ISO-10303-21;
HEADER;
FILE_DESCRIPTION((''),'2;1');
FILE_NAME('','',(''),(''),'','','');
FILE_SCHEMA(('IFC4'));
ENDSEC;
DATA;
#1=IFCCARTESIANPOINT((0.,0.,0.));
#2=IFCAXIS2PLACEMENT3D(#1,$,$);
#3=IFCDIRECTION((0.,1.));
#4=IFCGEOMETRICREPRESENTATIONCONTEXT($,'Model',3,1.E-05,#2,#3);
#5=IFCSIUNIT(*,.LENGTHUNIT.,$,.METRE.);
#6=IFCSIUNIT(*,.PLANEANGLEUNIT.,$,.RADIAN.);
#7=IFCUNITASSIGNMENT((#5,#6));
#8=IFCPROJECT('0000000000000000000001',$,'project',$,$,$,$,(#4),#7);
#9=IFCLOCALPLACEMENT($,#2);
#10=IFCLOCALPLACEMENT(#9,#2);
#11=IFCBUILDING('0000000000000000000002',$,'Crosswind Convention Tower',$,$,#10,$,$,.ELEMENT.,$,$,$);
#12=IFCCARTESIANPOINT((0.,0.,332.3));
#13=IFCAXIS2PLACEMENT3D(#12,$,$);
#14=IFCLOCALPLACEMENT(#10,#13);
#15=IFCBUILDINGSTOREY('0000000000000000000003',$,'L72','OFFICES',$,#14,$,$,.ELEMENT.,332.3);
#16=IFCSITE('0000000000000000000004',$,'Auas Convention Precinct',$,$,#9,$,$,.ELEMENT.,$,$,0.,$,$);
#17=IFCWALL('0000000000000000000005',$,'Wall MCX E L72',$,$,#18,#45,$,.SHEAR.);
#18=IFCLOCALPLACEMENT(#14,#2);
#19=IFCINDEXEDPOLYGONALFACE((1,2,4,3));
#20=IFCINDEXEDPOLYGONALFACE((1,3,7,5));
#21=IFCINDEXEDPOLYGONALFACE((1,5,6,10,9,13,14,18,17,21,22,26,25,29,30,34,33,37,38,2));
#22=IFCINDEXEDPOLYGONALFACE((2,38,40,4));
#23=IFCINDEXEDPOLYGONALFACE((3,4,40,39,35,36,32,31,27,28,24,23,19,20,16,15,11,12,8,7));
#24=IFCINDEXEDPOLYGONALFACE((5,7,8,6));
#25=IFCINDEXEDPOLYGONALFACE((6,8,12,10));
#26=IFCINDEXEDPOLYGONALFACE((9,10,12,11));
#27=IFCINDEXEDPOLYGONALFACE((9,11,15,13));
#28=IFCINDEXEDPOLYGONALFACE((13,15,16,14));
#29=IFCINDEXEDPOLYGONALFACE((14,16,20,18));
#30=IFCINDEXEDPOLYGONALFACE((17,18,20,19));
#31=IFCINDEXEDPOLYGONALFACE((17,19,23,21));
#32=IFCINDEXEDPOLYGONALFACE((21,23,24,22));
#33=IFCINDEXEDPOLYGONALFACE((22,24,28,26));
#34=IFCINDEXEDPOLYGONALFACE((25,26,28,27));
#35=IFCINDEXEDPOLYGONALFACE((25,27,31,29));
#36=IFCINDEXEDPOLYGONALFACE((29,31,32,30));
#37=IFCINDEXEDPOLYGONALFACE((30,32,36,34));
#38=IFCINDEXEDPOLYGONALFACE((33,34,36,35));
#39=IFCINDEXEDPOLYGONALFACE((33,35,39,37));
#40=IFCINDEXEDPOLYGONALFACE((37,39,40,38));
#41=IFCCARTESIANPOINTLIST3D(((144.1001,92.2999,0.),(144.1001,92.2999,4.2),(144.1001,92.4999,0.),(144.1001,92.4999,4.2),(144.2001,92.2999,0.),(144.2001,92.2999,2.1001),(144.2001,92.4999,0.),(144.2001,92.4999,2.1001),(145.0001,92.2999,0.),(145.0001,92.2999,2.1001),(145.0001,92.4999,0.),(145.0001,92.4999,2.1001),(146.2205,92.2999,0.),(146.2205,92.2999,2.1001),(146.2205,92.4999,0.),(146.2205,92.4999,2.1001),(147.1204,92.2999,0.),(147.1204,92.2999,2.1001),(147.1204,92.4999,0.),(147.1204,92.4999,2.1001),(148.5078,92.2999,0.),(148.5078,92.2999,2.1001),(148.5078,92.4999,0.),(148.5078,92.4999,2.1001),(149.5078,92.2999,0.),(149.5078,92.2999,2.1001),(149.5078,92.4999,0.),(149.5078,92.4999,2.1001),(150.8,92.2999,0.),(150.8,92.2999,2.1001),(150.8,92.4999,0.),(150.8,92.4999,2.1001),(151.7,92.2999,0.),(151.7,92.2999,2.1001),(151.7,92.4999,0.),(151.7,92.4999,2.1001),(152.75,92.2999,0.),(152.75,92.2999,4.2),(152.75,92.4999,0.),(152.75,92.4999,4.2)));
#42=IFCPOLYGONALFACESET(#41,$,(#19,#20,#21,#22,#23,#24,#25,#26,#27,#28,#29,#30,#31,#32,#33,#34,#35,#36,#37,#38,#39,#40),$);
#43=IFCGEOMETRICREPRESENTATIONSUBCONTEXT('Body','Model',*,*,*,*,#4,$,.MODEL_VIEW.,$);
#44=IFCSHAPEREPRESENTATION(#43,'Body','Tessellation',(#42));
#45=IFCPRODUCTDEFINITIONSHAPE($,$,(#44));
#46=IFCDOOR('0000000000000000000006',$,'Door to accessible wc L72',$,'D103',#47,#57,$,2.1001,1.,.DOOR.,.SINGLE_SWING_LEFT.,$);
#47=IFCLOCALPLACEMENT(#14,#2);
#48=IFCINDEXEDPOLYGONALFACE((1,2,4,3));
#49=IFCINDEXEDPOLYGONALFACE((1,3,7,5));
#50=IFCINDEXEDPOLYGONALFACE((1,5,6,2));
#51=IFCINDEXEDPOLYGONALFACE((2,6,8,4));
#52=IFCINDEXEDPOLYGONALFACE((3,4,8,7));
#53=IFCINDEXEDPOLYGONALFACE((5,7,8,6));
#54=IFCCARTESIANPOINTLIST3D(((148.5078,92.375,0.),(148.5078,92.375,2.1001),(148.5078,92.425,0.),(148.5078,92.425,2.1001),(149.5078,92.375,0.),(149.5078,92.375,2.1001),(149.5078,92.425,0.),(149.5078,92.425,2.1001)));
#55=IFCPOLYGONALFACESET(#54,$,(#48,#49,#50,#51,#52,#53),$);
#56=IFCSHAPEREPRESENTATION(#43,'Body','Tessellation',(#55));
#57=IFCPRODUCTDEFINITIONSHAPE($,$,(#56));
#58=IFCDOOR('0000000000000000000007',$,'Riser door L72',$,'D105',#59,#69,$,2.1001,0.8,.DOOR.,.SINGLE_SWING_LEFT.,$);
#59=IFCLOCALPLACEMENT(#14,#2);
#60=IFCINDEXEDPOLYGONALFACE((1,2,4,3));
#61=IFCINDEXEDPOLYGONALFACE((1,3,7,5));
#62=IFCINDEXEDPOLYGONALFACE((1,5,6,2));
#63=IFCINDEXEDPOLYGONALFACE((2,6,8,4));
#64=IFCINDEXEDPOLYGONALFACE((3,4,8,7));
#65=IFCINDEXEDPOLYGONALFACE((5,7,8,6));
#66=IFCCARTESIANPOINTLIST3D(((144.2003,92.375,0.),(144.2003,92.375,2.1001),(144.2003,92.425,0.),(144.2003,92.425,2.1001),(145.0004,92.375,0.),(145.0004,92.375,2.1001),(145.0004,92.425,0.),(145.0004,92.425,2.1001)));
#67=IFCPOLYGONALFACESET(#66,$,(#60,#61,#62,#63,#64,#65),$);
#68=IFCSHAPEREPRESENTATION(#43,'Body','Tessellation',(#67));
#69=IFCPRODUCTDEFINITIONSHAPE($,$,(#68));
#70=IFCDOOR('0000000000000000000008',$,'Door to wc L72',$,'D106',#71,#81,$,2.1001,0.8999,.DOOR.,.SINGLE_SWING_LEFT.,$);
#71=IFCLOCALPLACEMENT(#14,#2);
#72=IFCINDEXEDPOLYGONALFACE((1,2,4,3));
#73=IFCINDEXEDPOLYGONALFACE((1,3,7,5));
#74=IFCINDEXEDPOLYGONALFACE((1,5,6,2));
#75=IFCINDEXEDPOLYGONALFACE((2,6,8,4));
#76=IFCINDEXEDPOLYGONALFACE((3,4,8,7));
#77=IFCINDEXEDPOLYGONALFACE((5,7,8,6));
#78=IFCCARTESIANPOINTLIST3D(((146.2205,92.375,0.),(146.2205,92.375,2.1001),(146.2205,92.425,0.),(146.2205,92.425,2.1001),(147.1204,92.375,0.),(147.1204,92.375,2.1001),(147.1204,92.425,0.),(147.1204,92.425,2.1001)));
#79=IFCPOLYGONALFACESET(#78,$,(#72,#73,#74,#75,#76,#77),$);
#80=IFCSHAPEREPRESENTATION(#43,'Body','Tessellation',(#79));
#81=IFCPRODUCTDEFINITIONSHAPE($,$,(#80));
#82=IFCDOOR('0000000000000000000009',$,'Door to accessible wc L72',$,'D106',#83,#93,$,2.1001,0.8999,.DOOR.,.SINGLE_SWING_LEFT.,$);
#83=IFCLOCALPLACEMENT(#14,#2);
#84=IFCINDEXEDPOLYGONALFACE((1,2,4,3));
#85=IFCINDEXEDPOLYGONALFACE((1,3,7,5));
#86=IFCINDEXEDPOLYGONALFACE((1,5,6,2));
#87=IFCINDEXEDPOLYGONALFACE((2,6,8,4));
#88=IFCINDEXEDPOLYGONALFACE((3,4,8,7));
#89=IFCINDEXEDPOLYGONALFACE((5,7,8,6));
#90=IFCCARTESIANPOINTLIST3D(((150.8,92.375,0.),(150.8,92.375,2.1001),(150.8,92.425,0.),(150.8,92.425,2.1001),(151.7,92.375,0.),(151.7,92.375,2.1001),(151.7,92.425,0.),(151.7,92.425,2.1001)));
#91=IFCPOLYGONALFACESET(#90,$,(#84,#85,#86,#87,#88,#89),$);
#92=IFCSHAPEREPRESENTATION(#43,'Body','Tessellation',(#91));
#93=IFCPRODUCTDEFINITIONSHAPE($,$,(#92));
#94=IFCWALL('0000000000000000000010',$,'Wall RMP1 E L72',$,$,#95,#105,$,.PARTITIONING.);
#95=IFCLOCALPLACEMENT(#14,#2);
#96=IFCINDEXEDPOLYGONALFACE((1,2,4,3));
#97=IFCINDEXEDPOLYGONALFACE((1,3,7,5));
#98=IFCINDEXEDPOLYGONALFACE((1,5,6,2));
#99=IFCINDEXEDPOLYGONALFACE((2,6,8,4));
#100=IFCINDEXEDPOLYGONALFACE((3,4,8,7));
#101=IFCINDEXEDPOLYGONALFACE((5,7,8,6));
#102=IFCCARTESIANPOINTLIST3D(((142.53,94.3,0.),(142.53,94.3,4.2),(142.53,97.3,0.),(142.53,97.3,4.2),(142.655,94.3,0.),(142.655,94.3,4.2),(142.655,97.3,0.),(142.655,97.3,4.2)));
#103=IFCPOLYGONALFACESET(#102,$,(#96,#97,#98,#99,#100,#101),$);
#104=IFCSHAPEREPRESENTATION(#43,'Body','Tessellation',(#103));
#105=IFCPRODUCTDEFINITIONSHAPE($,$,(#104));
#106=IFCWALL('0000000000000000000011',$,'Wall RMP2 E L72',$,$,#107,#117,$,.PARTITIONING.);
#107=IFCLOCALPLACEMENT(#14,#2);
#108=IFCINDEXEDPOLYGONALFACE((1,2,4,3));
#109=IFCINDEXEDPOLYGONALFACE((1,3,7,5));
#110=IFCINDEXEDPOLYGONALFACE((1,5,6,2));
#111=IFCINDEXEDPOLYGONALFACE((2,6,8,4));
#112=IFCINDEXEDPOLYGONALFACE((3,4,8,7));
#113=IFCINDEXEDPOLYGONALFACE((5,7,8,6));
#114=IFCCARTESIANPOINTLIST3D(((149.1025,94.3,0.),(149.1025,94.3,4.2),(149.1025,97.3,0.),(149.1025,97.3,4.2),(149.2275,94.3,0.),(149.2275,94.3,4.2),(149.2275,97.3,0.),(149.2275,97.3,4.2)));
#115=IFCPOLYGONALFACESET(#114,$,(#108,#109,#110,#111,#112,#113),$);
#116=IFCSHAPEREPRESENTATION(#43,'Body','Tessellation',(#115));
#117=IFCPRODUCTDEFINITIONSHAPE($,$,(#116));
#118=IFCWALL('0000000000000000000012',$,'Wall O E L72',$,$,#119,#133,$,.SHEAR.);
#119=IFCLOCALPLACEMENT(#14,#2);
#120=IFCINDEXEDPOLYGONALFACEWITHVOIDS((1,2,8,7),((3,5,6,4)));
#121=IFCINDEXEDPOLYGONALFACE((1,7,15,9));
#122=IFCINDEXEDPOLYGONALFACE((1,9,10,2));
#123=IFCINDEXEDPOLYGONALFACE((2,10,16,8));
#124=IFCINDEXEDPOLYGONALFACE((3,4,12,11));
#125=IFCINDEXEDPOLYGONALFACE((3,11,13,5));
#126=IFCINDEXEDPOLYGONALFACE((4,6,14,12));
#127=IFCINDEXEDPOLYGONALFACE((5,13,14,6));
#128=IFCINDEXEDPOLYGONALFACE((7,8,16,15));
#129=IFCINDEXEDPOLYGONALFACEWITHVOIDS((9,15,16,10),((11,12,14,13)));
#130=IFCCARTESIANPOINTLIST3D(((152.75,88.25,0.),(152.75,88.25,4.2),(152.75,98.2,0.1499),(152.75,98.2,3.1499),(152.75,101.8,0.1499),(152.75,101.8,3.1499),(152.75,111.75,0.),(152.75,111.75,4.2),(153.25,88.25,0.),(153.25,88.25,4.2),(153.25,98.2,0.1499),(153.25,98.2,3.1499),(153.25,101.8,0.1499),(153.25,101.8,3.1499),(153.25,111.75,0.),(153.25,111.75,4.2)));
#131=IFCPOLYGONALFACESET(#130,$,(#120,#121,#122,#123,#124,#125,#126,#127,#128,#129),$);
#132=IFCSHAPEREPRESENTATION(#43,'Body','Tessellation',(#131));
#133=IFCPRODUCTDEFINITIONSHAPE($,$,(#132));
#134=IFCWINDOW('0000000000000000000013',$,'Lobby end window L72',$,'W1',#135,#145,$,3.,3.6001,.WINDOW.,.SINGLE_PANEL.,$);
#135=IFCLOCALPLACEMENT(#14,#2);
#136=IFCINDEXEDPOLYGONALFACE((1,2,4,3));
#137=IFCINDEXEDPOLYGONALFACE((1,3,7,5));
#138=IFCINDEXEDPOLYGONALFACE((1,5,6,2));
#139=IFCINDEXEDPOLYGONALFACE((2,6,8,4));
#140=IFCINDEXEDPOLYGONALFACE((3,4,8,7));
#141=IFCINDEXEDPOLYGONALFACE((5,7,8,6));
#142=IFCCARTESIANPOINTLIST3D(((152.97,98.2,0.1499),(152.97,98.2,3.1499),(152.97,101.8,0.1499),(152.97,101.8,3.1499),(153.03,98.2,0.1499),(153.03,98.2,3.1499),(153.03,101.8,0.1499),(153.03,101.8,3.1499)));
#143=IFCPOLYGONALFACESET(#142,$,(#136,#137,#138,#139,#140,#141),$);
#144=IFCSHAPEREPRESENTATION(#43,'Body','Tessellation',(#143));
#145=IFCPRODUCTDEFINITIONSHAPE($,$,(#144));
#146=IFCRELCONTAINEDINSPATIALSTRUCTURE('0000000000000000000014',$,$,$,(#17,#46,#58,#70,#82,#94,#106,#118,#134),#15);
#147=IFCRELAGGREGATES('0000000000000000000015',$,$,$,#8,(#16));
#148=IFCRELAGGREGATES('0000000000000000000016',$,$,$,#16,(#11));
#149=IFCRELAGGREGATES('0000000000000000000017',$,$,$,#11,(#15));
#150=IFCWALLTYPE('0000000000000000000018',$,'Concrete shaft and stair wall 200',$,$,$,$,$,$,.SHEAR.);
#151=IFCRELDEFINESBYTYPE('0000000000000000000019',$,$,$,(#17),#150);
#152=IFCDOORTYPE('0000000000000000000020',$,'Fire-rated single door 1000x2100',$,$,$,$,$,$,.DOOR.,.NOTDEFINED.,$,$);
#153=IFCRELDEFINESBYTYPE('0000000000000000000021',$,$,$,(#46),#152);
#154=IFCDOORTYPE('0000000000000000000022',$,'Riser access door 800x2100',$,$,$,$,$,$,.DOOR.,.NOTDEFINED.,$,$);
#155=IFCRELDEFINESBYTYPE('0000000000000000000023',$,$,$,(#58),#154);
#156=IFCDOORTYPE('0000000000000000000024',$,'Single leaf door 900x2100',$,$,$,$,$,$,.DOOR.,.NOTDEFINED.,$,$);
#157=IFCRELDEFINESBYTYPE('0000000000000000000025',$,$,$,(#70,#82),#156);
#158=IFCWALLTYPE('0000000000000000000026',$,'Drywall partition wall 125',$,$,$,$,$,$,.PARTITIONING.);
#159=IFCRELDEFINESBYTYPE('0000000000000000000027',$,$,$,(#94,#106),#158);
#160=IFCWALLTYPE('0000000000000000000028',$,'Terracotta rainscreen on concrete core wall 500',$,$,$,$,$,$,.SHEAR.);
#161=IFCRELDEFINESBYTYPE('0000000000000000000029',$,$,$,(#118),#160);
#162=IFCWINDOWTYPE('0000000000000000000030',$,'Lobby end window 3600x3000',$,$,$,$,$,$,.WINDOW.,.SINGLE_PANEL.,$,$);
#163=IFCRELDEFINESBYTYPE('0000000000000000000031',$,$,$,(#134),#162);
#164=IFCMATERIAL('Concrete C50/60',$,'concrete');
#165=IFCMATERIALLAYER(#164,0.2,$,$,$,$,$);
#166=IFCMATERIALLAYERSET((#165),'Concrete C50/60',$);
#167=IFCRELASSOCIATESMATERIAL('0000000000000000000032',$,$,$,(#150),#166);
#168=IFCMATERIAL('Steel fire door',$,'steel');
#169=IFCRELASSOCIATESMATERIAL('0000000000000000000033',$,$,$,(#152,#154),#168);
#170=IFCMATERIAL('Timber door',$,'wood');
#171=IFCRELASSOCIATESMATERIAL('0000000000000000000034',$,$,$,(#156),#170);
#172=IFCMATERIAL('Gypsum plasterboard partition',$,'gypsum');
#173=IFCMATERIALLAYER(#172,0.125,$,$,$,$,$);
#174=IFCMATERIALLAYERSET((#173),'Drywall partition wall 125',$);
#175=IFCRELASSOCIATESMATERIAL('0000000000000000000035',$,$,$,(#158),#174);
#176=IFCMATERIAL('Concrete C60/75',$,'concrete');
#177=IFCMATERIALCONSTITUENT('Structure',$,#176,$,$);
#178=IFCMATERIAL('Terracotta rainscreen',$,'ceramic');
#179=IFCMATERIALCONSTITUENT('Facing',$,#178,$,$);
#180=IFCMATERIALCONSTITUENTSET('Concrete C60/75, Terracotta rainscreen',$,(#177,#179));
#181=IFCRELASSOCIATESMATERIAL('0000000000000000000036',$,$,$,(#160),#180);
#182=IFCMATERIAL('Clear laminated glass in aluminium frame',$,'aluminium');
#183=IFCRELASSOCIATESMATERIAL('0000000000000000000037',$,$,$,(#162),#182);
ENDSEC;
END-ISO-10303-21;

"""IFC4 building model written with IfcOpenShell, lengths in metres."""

from ifc_helpers import new_model, si_unit, direction, frame, frame_2d, origin, place, context, subcontext, project, spatial, rectangle, extrude, material, layer, layer_set, constituent, constituent_set, type_object, element, fill, save


model = new_model("IFC4")

# Units and contexts
model_context = context("Model", 3, precision=1e-05, world=origin(), true_north=direction((0.0, 1.0)))
body_context = subcontext(model_context, "Body", "Model", "MODEL_VIEW")
ifc_project = project(units=[si_unit("LENGTHUNIT", "METRE"), si_unit("PLANEANGLEUNIT", "RADIAN")], contexts=[model_context])

# Site, building, storey
site_placement = place(None, origin())
site = spatial("IfcSite", under=ifc_project, at=site_placement, Name="Auas Convention Precinct", CompositionType="ELEMENT", RefElevation=0.0)
building_placement = place(site_placement, origin())
building = spatial("IfcBuilding", under=site, at=building_placement, Name="Crosswind Convention Tower", CompositionType="ELEMENT")
storey_placement = place(building_placement, frame((0.0, 0.0, 332.3)))
storey = spatial("IfcBuildingStorey", under=building, at=storey_placement, Name="L72", Description="OFFICES", CompositionType="ELEMENT", Elevation=332.3)

# Shared definitions
ifc_material_1 = material(Name="Concrete C50/60", Category="concrete")

# Shared definitions
ifc_layer_1 = layer(ifc_material_1, 0.2)
ifc_layer_set_1 = layer_set([ifc_layer_1], Name="Concrete C50/60")
wall_type_1 = type_object("IfcWallType", Name="Concrete shaft and stair wall 200", PredefinedType="SHEAR", material=ifc_layer_set_1)

# Shared definitions
ifc_material_2 = material(Name="Steel fire door", Category="steel")

# Shared definitions
door_type_1 = type_object("IfcDoorType", Name="Fire-rated single door 1000x2100", OperationType="NOTDEFINED", PredefinedType="DOOR", material=ifc_material_2)

# Wall, openings, doors
wall_1_placement = place(storey_placement, frame((144.1001, 92.3999, 0.0), z_axis=(0.0, 0.0, 1.0), x_axis=(1.0, 0.0, 0.0)))
wall_1 = element("IfcWall", 1, at=wall_1_placement, inside=storey, type_object=wall_type_1, Name="Wall MCX E L72", PredefinedType="SHEAR", context=body_context, shape_type="SweptSolid", body=[
    extrude(rectangle(XDim=8.6499, YDim=0.2, at=frame_2d((4.325, 0.0))), origin(), (0.0, 0.0, 1.0), 4.2),
])
opening_1_placement = place(wall_1_placement, frame((0.1001, 0.0, 0.0)))
opening_1 = element("IfcOpeningElement", 2, at=opening_1_placement, cuts=wall_1, PredefinedType="OPENING", context=body_context, shape_type="SweptSolid", body=[
    extrude(rectangle(XDim=0.8, YDim=2.1001, at=frame_2d((0.3999, 1.05))), frame((0.0, 0.1099, 0.0), z_axis=(0.0, -1.0, 0.0), x_axis=(1.0, 0.0, 0.0)), (0.0, 0.0, 1.0), 0.22),
])
opening_2_placement = place(wall_1_placement, frame((2.1204, 0.0, 0.0)))
opening_2 = element("IfcOpeningElement", 3, at=opening_2_placement, cuts=wall_1, PredefinedType="OPENING", context=body_context, shape_type="SweptSolid", body=[
    extrude(rectangle(XDim=0.8999, YDim=2.1001, at=frame_2d((0.45, 1.05))), frame((0.0, 0.1099, 0.0), z_axis=(0.0, -1.0, 0.0), x_axis=(1.0, 0.0, 0.0)), (0.0, 0.0, 1.0), 0.22),
])
opening_3_placement = place(wall_1_placement, frame((4.4077, 0.0, 0.0)))
opening_3 = element("IfcOpeningElement", 4, at=opening_3_placement, cuts=wall_1, PredefinedType="OPENING", context=body_context, shape_type="SweptSolid", body=[
    extrude(rectangle(XDim=1.0, YDim=2.1001, at=frame_2d((0.5, 1.05))), frame((0.0, 0.1099, 0.0), z_axis=(0.0, -1.0, 0.0), x_axis=(1.0, 0.0, 0.0)), (0.0, 0.0, 1.0), 0.22),
])
opening_4_placement = place(wall_1_placement, frame((6.7, 0.0, 0.0)))
opening_4 = element("IfcOpeningElement", 5, at=opening_4_placement, cuts=wall_1, PredefinedType="OPENING", context=body_context, shape_type="SweptSolid", body=[
    extrude(rectangle(XDim=0.8999, YDim=2.1001, at=frame_2d((0.45, 1.05))), frame((0.0, 0.1099, 0.0), z_axis=(0.0, -1.0, 0.0), x_axis=(1.0, 0.0, 0.0)), (0.0, 0.0, 1.0), 0.22),
])
door_1_placement = place(opening_3_placement, frame((1.0, 0.0, 0.0), z_axis=(0.0, 0.0, 1.0), x_axis=(-1.0, 0.0, 0.0)))
door_1 = element("IfcDoor", 6, at=door_1_placement, inside=storey, type_object=door_type_1, Name="Door to accessible wc L72", ObjectType="D103", OperationType="SINGLE_SWING_LEFT", OverallHeight=2.1001, OverallWidth=1.0, PredefinedType="DOOR", context=body_context, shape_type="SweptSolid", body=[
    extrude(rectangle(XDim=1.0, YDim=2.1001, at=frame_2d((0.5, 1.05))), frame((0.0, 0.0249, 0.0), z_axis=(0.0, -1.0, 0.0), x_axis=(1.0, 0.0, 0.0)), (0.0, 0.0, 1.0), 0.05),
])
fill(opening_3, door_1)
door_type_2 = type_object("IfcDoorType", Name="Riser access door 800x2100", OperationType="NOTDEFINED", PredefinedType="DOOR", material=ifc_material_2)
door_2_placement = place(opening_1_placement, frame((0.8, 0.0, 0.0), z_axis=(0.0, 0.0, 1.0), x_axis=(-1.0, 0.0, 0.0)))
door_2 = element("IfcDoor", 7, at=door_2_placement, inside=storey, type_object=door_type_2, Name="Riser door L72", ObjectType="D105", OperationType="SINGLE_SWING_LEFT", OverallHeight=2.1001, OverallWidth=0.8, PredefinedType="DOOR", context=body_context, shape_type="SweptSolid", body=[
    extrude(rectangle(XDim=0.8, YDim=2.1001, at=frame_2d((0.3999, 1.05))), frame((0.0, 0.0249, 0.0), z_axis=(0.0, -1.0, 0.0), x_axis=(1.0, 0.0, 0.0)), (0.0, 0.0, 1.0), 0.05),
])
fill(opening_1, door_2)
ifc_material_3 = material(Name="Timber door", Category="wood")
door_type_3 = type_object("IfcDoorType", Name="Single leaf door 900x2100", OperationType="NOTDEFINED", PredefinedType="DOOR", material=ifc_material_3)
door_3_placement = place(opening_2_placement, frame((0.8999, 0.0, 0.0), z_axis=(0.0, 0.0, 1.0), x_axis=(-1.0, 0.0, 0.0)))
door_3 = element("IfcDoor", 8, at=door_3_placement, inside=storey, type_object=door_type_3, Name="Door to wc L72", ObjectType="D106", OperationType="SINGLE_SWING_LEFT", OverallHeight=2.1001, OverallWidth=0.8999, PredefinedType="DOOR", context=body_context, shape_type="SweptSolid", body=[
    extrude(rectangle(XDim=0.8999, YDim=2.1001, at=frame_2d((0.45, 1.05))), frame((0.0, 0.0249, 0.0), z_axis=(0.0, -1.0, 0.0), x_axis=(1.0, 0.0, 0.0)), (0.0, 0.0, 1.0), 0.05),
])
fill(opening_2, door_3)
door_4_placement = place(opening_4_placement, frame((0.8999, 0.0, 0.0), z_axis=(0.0, 0.0, 1.0), x_axis=(-1.0, 0.0, 0.0)))
door_4 = element("IfcDoor", 9, at=door_4_placement, inside=storey, type_object=door_type_3, Name="Door to accessible wc L72", ObjectType="D106", OperationType="SINGLE_SWING_LEFT", OverallHeight=2.1001, OverallWidth=0.8999, PredefinedType="DOOR", context=body_context, shape_type="SweptSolid", body=[
    extrude(rectangle(XDim=0.8999, YDim=2.1001, at=frame_2d((0.45, 1.05))), frame((0.0, 0.0249, 0.0), z_axis=(0.0, -1.0, 0.0), x_axis=(1.0, 0.0, 0.0)), (0.0, 0.0, 1.0), 0.05),
])
fill(opening_4, door_4)

# Walls
ifc_material_4 = material(Name="Gypsum plasterboard partition", Category="gypsum")
ifc_layer_2 = layer(ifc_material_4, 0.125)
ifc_layer_set_2 = layer_set([ifc_layer_2], Name="Drywall partition wall 125")
wall_type_2 = type_object("IfcWallType", Name="Drywall partition wall 125", PredefinedType="PARTITIONING", material=ifc_layer_set_2)
for number, where, z_axis, x_axis, name in (
    (10, (142.5925, 94.3, 0.0), (0.0, 0.0, 1.0), (0.0, 1.0, 0.0), "Wall RMP1 E L72"),
    (11, (149.165, 94.3, 0.0), (0.0, 0.0, 1.0), (0.0, 1.0, 0.0), "Wall RMP2 E L72"),
):
    element("IfcWall", number, at=place(storey_placement, frame(where, z_axis=z_axis, x_axis=x_axis)), inside=storey, type_object=wall_type_2, Name=name, PredefinedType="PARTITIONING", context=body_context, shape_type="SweptSolid", body=[
        extrude(rectangle(XDim=3.0, YDim=0.125, at=frame_2d((1.5, 0.0))), origin(), (0.0, 0.0, 1.0), 4.2),
    ])

# Wall, opening, window
ifc_material_5 = material(Name="Concrete C60/75", Category="concrete")
ifc_constituent_1 = constituent(ifc_material_5, Name="Structure")
ifc_material_6 = material(Name="Terracotta rainscreen", Category="ceramic")
ifc_constituent_2 = constituent(ifc_material_6, Name="Facing")
ifc_constituent_set = constituent_set(constituents=[ifc_constituent_1, ifc_constituent_2], Name="Concrete C60/75, Terracotta rainscreen")
wall_type_3 = type_object("IfcWallType", Name="Terracotta rainscreen on concrete core wall 500", PredefinedType="SHEAR", material=ifc_constituent_set)
wall_2_placement = place(storey_placement, frame((153.0, 88.25, 0.0), z_axis=(0.0, 0.0, 1.0), x_axis=(0.0, 1.0, 0.0)))
wall_2 = element("IfcWall", 12, at=wall_2_placement, inside=storey, type_object=wall_type_3, Name="Wall O E L72", PredefinedType="SHEAR", context=body_context, shape_type="SweptSolid", body=[
    extrude(rectangle(XDim=23.5, YDim=0.5, at=frame_2d((11.75, 0.0))), origin(), (0.0, 0.0, 1.0), 4.2),
])
opening_5_placement = place(wall_2_placement, frame((9.95, 0.0, 0.1499)))
opening_5 = element("IfcOpeningElement", 13, at=opening_5_placement, cuts=wall_2, PredefinedType="OPENING", context=body_context, shape_type="SweptSolid", body=[
    extrude(rectangle(XDim=3.6001, YDim=3.0, at=frame_2d((1.8, 1.5))), frame((0.0, 0.26, 0.0), z_axis=(0.0, -1.0, 0.0), x_axis=(1.0, 0.0, 0.0)), (0.0, 0.0, 1.0), 0.52),
])
ifc_material_7 = material(Name="Clear laminated glass in aluminium frame", Category="aluminium")
window_type = type_object("IfcWindowType", Name="Lobby end window 3600x3000", PartitioningType="SINGLE_PANEL", PredefinedType="WINDOW", material=ifc_material_7)
window_placement = place(opening_5_placement, origin())
window = element("IfcWindow", 14, at=window_placement, inside=storey, type_object=window_type, Name="Lobby end window L72", ObjectType="W1", OverallHeight=3.0, OverallWidth=3.6001, PartitioningType="SINGLE_PANEL", PredefinedType="WINDOW", context=body_context, shape_type="SweptSolid", body=[
    extrude(rectangle(XDim=3.6001, YDim=3.0, at=frame_2d((1.8, 1.5))), frame((0.0, 0.03, 0.0), z_axis=(0.0, -1.0, 0.0), x_axis=(1.0, 0.0, 0.0)), (0.0, 0.0, 1.0), 0.0601),
])
fill(opening_5, window)

save(model, "model.ifc")
